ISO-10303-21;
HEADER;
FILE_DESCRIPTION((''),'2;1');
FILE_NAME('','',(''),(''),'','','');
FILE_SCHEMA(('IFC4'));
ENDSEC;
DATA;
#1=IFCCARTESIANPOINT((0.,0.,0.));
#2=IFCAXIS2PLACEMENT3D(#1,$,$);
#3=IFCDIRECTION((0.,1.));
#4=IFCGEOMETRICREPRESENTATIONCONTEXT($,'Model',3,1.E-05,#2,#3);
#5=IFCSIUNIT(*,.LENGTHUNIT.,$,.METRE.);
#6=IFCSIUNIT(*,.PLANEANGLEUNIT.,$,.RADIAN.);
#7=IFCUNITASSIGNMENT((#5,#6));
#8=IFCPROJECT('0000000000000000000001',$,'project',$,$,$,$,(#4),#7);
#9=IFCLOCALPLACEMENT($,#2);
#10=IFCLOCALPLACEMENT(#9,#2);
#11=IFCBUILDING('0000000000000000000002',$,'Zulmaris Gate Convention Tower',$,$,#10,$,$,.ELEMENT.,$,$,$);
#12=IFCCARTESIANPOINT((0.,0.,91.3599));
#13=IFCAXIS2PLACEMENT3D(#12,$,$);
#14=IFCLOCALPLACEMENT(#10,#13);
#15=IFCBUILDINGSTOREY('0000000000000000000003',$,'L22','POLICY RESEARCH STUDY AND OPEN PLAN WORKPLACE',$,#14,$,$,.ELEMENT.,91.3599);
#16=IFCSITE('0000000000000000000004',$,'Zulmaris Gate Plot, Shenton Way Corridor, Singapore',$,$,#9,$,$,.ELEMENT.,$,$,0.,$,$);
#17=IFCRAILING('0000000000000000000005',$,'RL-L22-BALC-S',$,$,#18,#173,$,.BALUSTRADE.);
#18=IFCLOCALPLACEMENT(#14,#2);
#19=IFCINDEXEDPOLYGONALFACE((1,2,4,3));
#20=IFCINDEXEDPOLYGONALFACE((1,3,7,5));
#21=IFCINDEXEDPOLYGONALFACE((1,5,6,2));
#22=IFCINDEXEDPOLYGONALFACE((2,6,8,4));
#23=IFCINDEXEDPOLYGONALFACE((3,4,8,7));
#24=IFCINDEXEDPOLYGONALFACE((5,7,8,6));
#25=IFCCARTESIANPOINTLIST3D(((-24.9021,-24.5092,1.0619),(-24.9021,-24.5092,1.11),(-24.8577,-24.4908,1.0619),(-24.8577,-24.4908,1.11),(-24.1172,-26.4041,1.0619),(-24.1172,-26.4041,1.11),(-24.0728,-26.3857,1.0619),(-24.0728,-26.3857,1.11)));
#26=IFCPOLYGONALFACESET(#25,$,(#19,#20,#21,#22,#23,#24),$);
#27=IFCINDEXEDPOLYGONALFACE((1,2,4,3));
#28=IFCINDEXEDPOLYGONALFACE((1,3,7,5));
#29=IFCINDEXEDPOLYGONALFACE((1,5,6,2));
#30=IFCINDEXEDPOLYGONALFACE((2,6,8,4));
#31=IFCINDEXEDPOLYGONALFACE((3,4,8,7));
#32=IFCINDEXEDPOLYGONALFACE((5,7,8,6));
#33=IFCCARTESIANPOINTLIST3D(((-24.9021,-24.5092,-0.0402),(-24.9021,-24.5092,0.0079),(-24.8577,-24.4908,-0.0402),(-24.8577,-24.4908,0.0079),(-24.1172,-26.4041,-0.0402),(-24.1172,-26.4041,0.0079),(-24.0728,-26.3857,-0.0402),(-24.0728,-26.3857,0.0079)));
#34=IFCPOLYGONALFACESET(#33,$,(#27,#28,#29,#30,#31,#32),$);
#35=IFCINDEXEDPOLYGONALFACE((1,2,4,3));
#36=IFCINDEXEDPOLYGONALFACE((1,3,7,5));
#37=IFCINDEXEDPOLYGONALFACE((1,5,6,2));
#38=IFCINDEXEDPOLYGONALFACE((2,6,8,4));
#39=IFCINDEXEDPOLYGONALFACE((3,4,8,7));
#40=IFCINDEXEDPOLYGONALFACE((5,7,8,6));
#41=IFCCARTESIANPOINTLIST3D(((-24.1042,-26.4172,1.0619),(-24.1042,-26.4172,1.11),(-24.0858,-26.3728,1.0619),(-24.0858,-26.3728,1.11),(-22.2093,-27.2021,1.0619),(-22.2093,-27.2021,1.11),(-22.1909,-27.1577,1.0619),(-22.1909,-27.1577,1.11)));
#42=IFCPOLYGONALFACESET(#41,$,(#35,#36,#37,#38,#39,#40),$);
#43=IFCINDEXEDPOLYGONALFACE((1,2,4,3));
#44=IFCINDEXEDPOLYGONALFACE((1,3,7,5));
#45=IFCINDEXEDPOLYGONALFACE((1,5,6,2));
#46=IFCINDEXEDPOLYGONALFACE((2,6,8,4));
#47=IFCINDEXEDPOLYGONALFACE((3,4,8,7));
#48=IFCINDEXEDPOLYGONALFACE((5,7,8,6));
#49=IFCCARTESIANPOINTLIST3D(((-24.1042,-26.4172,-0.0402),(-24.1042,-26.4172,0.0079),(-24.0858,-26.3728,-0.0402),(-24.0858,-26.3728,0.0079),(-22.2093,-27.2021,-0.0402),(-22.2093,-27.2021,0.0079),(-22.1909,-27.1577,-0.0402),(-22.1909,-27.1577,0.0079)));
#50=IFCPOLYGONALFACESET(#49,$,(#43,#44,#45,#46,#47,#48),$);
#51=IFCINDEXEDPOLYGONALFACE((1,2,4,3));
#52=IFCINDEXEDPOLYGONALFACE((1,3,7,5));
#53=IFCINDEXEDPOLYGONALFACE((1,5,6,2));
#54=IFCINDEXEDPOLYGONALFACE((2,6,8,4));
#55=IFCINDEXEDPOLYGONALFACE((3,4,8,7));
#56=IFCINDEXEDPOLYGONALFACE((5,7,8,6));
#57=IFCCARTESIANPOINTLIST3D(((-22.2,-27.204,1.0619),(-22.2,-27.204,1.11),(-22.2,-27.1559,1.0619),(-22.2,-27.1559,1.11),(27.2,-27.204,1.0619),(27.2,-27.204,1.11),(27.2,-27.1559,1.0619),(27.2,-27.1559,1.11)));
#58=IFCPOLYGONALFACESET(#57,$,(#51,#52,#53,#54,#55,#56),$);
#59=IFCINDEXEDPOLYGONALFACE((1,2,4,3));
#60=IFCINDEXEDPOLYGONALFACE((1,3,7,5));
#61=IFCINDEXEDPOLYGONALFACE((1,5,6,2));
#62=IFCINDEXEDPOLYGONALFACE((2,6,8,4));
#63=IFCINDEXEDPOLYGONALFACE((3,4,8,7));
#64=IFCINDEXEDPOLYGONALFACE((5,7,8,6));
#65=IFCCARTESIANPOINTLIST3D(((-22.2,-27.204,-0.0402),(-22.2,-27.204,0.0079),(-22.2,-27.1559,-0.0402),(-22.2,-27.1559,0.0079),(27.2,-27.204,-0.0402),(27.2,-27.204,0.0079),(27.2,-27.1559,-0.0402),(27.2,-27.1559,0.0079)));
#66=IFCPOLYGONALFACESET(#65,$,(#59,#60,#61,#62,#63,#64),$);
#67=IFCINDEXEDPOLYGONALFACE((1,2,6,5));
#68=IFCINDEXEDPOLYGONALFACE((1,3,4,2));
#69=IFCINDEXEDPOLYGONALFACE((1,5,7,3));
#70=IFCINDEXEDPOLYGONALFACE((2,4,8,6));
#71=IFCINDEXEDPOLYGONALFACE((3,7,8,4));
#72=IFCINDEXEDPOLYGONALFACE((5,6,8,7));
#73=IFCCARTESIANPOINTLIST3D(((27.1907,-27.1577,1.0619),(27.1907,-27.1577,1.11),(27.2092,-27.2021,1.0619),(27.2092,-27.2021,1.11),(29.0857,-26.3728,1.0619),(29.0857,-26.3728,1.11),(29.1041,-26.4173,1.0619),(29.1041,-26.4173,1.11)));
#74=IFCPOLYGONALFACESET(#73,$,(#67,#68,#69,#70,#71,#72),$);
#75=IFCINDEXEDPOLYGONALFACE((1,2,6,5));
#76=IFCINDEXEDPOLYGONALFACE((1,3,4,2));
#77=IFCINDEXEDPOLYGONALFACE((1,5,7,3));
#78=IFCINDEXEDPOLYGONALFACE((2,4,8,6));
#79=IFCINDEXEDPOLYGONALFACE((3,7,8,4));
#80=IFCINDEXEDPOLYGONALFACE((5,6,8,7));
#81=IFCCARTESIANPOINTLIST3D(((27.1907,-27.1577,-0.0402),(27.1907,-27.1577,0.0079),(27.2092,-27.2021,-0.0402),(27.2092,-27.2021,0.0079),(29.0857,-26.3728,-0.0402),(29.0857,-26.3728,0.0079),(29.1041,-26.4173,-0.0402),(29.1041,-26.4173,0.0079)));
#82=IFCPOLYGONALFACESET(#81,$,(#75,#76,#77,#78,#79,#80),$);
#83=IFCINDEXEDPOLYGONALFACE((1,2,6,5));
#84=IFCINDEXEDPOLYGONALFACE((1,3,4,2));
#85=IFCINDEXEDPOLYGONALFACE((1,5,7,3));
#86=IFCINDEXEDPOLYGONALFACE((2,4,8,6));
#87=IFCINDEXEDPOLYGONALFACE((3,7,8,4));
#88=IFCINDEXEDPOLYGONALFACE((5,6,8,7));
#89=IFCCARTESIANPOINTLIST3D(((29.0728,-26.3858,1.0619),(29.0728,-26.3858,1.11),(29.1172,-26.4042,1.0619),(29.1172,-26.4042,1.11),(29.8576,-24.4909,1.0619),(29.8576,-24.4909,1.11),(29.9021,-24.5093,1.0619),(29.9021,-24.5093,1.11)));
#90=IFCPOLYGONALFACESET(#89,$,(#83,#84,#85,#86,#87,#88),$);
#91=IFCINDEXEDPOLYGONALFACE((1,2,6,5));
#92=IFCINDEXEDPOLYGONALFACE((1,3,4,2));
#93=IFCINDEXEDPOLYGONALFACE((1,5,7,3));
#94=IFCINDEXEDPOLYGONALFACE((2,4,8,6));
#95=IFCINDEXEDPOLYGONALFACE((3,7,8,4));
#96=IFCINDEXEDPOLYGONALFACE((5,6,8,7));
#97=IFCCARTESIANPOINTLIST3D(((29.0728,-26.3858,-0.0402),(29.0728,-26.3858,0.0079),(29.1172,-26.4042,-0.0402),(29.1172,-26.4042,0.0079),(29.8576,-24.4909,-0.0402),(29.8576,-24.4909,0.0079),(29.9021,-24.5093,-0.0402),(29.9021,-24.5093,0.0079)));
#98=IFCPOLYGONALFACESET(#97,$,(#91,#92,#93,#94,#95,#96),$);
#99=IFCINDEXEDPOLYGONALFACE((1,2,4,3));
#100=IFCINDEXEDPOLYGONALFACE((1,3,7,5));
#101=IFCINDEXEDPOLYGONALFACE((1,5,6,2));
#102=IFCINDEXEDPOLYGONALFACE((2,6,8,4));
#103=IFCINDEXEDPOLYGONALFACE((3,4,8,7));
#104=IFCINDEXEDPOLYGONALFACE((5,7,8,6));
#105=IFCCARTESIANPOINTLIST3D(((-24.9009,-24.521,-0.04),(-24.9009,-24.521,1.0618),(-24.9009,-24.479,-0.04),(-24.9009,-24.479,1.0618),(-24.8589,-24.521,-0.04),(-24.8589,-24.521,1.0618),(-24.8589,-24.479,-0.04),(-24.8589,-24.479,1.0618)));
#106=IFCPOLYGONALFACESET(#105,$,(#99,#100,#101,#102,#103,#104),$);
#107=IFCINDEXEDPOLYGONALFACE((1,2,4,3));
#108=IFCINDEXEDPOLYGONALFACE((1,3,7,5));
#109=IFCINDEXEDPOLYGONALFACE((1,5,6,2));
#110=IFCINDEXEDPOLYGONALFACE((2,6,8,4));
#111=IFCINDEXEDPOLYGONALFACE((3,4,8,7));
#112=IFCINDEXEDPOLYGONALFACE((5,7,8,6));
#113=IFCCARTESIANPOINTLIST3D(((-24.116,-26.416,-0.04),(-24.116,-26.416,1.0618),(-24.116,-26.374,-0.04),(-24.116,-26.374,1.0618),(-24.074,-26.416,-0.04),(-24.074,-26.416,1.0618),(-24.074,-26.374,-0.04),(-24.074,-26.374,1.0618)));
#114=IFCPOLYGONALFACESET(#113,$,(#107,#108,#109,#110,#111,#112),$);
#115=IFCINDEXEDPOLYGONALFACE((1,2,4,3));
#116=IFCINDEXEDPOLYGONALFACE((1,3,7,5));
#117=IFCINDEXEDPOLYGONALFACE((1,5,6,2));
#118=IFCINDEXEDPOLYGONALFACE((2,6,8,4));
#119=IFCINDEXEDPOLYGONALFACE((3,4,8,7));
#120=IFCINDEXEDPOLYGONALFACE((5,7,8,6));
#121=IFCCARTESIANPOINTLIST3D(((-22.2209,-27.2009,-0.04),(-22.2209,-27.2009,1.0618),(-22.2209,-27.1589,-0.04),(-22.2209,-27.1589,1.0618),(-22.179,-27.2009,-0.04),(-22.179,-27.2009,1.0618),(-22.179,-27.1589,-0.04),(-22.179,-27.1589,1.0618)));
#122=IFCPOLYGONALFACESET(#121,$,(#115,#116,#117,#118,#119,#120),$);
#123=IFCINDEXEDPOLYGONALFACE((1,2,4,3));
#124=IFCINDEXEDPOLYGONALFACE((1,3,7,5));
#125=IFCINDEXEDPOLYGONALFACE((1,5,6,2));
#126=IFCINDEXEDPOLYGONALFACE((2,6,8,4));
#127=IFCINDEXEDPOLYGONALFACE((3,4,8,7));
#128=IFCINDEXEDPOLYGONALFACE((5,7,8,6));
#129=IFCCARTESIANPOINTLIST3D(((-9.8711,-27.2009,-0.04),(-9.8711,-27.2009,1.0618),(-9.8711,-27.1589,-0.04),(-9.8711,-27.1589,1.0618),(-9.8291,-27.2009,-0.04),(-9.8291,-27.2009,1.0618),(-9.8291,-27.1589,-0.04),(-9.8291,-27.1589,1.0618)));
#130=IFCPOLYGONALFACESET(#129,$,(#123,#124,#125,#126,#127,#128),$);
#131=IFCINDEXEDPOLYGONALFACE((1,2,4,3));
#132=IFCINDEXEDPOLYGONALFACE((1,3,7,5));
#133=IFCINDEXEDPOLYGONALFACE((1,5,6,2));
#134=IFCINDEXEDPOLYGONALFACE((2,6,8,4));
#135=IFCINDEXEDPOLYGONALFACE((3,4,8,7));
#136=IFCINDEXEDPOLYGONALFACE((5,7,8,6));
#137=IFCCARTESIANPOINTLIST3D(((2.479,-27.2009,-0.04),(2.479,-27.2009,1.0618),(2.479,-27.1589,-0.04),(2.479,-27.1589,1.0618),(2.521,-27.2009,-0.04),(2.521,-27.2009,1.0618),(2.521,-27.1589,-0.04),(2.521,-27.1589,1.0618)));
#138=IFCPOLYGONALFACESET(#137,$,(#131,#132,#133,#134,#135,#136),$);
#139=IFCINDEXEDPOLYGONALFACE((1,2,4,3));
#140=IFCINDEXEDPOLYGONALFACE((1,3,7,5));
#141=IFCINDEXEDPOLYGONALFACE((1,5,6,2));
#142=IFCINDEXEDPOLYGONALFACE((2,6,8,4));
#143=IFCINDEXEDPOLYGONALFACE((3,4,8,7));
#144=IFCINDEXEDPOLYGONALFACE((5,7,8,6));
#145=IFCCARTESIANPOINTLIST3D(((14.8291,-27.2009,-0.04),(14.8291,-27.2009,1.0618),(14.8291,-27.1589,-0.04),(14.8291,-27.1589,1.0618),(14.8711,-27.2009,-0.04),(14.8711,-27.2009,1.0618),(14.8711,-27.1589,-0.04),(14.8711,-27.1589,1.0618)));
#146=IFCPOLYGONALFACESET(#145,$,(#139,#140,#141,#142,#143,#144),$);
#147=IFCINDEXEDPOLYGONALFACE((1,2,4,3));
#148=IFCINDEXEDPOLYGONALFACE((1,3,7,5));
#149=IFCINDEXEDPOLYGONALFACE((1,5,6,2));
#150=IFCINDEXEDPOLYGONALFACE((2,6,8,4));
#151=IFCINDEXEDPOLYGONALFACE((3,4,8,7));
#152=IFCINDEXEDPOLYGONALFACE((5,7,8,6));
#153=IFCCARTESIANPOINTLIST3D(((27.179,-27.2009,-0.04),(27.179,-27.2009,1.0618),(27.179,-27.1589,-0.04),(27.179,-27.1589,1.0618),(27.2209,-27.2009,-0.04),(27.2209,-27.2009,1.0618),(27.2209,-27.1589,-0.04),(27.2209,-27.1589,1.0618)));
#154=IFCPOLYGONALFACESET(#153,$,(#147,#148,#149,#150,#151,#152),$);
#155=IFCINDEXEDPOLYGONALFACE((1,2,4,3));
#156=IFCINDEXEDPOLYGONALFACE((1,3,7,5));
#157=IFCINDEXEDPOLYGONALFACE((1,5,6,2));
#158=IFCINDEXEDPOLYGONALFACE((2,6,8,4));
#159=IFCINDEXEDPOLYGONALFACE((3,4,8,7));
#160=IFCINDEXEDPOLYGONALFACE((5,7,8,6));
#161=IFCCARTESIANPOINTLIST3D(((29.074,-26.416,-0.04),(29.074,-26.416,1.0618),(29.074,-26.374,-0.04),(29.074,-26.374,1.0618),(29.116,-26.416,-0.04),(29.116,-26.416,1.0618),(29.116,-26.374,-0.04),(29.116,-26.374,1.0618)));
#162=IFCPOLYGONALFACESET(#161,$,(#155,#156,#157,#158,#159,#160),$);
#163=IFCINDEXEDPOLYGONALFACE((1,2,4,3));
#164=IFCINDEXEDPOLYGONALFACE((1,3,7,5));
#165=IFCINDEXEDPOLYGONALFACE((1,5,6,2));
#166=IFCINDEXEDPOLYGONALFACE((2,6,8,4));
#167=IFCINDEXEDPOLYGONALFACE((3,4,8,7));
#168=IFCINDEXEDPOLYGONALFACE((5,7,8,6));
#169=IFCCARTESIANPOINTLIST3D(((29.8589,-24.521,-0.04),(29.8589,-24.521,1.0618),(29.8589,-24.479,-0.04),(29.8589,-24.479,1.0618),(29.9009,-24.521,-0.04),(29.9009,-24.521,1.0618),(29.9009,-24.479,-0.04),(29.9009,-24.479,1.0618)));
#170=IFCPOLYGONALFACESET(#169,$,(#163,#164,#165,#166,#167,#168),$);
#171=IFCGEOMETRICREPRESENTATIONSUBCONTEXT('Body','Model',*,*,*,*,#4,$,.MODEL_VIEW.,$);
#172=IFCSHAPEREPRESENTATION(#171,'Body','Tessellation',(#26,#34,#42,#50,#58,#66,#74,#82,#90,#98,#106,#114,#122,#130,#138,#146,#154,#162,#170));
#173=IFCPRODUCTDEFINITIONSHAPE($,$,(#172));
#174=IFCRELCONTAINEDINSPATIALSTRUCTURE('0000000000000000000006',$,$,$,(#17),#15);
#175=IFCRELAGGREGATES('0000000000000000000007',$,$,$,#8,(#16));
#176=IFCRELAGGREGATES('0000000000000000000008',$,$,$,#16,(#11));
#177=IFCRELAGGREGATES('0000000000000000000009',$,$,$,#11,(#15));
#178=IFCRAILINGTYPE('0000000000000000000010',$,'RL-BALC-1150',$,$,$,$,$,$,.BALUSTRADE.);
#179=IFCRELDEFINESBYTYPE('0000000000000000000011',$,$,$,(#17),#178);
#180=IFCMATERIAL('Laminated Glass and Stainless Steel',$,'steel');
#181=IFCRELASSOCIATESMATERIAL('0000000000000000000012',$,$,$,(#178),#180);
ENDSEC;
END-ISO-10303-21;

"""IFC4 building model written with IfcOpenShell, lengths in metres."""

from ifc_helpers import new_model, si_unit, direction, frame, origin, origin_2d, place, context, subcontext, project, spatial, rectangle, extrude, material, type_object, element, save


model = new_model("IFC4")

# Units and contexts
model_context = context("Model", 3, precision=1e-05, world=origin(), true_north=direction((0.0, 1.0)))
body_context = subcontext(model_context, "Body", "Model", "MODEL_VIEW")
ifc_project = project(units=[si_unit("LENGTHUNIT", "METRE"), si_unit("PLANEANGLEUNIT", "RADIAN")], contexts=[model_context])

# Site, building, storey
site_placement = place(None, origin())
site = spatial("IfcSite", under=ifc_project, at=site_placement, Name="Zulmaris Gate Plot, Shenton Way Corridor, Singapore", CompositionType="ELEMENT", RefElevation=0.0)
building_placement = place(site_placement, origin())
building = spatial("IfcBuilding", under=site, at=building_placement, Name="Zulmaris Gate Convention Tower", CompositionType="ELEMENT")
storey_placement = place(building_placement, frame((0.0, 0.0, 91.3599)))
storey = spatial("IfcBuildingStorey", under=building, at=storey_placement, Name="L22", Description="POLICY RESEARCH STUDY AND OPEN PLAN WORKPLACE", CompositionType="ELEMENT", Elevation=91.3599)

# Railing
ifc_material_1 = material(Name="Laminated Glass and Stainless Steel", Category="steel")
railing_type = type_object("IfcRailingType", Name="RL-BALC-1150", PredefinedType="BALUSTRADE", material=ifc_material_1)
railing_placement = place(storey_placement, frame((-24.8799, -24.5, -0.04)))
element("IfcRailing", 1, at=railing_placement, inside=storey, type_object=railing_type, Name="RL-L22-BALC-S", PredefinedType="BALUSTRADE", context=body_context, shape_type="SweptSolid", body=[
    extrude(rectangle(XDim=0.0481, YDim=0.0481, at=origin_2d()), frame((0.0, 0.0, 1.126), z_axis=(0.382671, -0.923885, 0.0), x_axis=(0.923885, 0.382671, 0.0)), (0.0, 0.0, 1.0), 2.051),
    extrude(rectangle(XDim=0.0481, YDim=0.0481, at=origin_2d()), frame((0.0, 0.0, 0.0239), z_axis=(0.382671, -0.923885, 0.0), x_axis=(0.923885, 0.382671, 0.0)), (0.0, 0.0, 1.0), 2.051),
    extrude(rectangle(XDim=0.0481, YDim=0.0481, at=origin_2d()), frame((0.7849, -1.895, 1.126), z_axis=(0.923885, -0.382671, 0.0), x_axis=(0.382671, 0.923885, 0.0)), (0.0, 0.0, 1.0), 2.051),
    extrude(rectangle(XDim=0.0481, YDim=0.0481, at=origin_2d()), frame((0.7849, -1.895, 0.0239), z_axis=(0.923885, -0.382671, 0.0), x_axis=(0.382671, 0.923885, 0.0)), (0.0, 0.0, 1.0), 2.051),
    extrude(rectangle(XDim=0.0481, YDim=0.0481, at=origin_2d()), frame((2.6799, -2.6799, 1.126), z_axis=(1.0, 0.0, 0.0), x_axis=(0.0, 1.0, 0.0)), (0.0, 0.0, 1.0), 49.3999),
    extrude(rectangle(XDim=0.0481, YDim=0.0481, at=origin_2d()), frame((2.6799, -2.6799, 0.0239), z_axis=(1.0, 0.0, 0.0), x_axis=(0.0, 1.0, 0.0)), (0.0, 0.0, 1.0), 49.3999),
    extrude(rectangle(XDim=0.0481, YDim=0.0481, at=origin_2d()), frame((52.0798, -2.6799, 1.126), z_axis=(0.923885, 0.382671, 0.0), x_axis=(-0.382671, 0.923885, 0.0)), (0.0, 0.0, 1.0), 2.051),
    extrude(rectangle(XDim=0.0481, YDim=0.0481, at=origin_2d()), frame((52.0798, -2.6799, 0.0239), z_axis=(0.923885, 0.382671, 0.0), x_axis=(-0.382671, 0.923885, 0.0)), (0.0, 0.0, 1.0), 2.051),
    extrude(rectangle(XDim=0.0481, YDim=0.0481, at=origin_2d()), frame((53.9749, -1.895, 1.126), z_axis=(0.382671, 0.923885, 0.0), x_axis=(-0.923885, 0.382671, 0.0)), (0.0, 0.0, 1.0), 2.051),
    extrude(rectangle(XDim=0.0481, YDim=0.0481, at=origin_2d()), frame((53.9749, -1.895, 0.0239), z_axis=(0.382671, 0.923885, 0.0), x_axis=(-0.923885, 0.382671, 0.0)), (0.0, 0.0, 1.0), 2.051),
    extrude(rectangle(XDim=0.042, YDim=0.042, at=origin_2d()), origin(), (0.0, 0.0, 1.0), 1.1018),
    extrude(rectangle(XDim=0.042, YDim=0.042, at=origin_2d()), frame((0.7849, -1.895, 0.0)), (0.0, 0.0, 1.0), 1.1018),
    extrude(rectangle(XDim=0.042, YDim=0.042, at=origin_2d()), frame((2.6799, -2.6799, 0.0)), (0.0, 0.0, 1.0), 1.1018),
    extrude(rectangle(XDim=0.042, YDim=0.042, at=origin_2d()), frame((15.0298, -2.6799, 0.0)), (0.0, 0.0, 1.0), 1.1018),
    extrude(rectangle(XDim=0.042, YDim=0.042, at=origin_2d()), frame((27.3799, -2.6799, 0.0)), (0.0, 0.0, 1.0), 1.1018),
    extrude(rectangle(XDim=0.042, YDim=0.042, at=origin_2d()), frame((39.73, -2.6799, 0.0)), (0.0, 0.0, 1.0), 1.1018),
    extrude(rectangle(XDim=0.042, YDim=0.042, at=origin_2d()), frame((52.0798, -2.6799, 0.0)), (0.0, 0.0, 1.0), 1.1018),
    extrude(rectangle(XDim=0.042, YDim=0.042, at=origin_2d()), frame((53.9749, -1.895, 0.0)), (0.0, 0.0, 1.0), 1.1018),
    extrude(rectangle(XDim=0.042, YDim=0.042, at=origin_2d()), frame((54.7598, 0.0, 0.0)), (0.0, 0.0, 1.0), 1.1018),
])

save(model, "model.ifc")
